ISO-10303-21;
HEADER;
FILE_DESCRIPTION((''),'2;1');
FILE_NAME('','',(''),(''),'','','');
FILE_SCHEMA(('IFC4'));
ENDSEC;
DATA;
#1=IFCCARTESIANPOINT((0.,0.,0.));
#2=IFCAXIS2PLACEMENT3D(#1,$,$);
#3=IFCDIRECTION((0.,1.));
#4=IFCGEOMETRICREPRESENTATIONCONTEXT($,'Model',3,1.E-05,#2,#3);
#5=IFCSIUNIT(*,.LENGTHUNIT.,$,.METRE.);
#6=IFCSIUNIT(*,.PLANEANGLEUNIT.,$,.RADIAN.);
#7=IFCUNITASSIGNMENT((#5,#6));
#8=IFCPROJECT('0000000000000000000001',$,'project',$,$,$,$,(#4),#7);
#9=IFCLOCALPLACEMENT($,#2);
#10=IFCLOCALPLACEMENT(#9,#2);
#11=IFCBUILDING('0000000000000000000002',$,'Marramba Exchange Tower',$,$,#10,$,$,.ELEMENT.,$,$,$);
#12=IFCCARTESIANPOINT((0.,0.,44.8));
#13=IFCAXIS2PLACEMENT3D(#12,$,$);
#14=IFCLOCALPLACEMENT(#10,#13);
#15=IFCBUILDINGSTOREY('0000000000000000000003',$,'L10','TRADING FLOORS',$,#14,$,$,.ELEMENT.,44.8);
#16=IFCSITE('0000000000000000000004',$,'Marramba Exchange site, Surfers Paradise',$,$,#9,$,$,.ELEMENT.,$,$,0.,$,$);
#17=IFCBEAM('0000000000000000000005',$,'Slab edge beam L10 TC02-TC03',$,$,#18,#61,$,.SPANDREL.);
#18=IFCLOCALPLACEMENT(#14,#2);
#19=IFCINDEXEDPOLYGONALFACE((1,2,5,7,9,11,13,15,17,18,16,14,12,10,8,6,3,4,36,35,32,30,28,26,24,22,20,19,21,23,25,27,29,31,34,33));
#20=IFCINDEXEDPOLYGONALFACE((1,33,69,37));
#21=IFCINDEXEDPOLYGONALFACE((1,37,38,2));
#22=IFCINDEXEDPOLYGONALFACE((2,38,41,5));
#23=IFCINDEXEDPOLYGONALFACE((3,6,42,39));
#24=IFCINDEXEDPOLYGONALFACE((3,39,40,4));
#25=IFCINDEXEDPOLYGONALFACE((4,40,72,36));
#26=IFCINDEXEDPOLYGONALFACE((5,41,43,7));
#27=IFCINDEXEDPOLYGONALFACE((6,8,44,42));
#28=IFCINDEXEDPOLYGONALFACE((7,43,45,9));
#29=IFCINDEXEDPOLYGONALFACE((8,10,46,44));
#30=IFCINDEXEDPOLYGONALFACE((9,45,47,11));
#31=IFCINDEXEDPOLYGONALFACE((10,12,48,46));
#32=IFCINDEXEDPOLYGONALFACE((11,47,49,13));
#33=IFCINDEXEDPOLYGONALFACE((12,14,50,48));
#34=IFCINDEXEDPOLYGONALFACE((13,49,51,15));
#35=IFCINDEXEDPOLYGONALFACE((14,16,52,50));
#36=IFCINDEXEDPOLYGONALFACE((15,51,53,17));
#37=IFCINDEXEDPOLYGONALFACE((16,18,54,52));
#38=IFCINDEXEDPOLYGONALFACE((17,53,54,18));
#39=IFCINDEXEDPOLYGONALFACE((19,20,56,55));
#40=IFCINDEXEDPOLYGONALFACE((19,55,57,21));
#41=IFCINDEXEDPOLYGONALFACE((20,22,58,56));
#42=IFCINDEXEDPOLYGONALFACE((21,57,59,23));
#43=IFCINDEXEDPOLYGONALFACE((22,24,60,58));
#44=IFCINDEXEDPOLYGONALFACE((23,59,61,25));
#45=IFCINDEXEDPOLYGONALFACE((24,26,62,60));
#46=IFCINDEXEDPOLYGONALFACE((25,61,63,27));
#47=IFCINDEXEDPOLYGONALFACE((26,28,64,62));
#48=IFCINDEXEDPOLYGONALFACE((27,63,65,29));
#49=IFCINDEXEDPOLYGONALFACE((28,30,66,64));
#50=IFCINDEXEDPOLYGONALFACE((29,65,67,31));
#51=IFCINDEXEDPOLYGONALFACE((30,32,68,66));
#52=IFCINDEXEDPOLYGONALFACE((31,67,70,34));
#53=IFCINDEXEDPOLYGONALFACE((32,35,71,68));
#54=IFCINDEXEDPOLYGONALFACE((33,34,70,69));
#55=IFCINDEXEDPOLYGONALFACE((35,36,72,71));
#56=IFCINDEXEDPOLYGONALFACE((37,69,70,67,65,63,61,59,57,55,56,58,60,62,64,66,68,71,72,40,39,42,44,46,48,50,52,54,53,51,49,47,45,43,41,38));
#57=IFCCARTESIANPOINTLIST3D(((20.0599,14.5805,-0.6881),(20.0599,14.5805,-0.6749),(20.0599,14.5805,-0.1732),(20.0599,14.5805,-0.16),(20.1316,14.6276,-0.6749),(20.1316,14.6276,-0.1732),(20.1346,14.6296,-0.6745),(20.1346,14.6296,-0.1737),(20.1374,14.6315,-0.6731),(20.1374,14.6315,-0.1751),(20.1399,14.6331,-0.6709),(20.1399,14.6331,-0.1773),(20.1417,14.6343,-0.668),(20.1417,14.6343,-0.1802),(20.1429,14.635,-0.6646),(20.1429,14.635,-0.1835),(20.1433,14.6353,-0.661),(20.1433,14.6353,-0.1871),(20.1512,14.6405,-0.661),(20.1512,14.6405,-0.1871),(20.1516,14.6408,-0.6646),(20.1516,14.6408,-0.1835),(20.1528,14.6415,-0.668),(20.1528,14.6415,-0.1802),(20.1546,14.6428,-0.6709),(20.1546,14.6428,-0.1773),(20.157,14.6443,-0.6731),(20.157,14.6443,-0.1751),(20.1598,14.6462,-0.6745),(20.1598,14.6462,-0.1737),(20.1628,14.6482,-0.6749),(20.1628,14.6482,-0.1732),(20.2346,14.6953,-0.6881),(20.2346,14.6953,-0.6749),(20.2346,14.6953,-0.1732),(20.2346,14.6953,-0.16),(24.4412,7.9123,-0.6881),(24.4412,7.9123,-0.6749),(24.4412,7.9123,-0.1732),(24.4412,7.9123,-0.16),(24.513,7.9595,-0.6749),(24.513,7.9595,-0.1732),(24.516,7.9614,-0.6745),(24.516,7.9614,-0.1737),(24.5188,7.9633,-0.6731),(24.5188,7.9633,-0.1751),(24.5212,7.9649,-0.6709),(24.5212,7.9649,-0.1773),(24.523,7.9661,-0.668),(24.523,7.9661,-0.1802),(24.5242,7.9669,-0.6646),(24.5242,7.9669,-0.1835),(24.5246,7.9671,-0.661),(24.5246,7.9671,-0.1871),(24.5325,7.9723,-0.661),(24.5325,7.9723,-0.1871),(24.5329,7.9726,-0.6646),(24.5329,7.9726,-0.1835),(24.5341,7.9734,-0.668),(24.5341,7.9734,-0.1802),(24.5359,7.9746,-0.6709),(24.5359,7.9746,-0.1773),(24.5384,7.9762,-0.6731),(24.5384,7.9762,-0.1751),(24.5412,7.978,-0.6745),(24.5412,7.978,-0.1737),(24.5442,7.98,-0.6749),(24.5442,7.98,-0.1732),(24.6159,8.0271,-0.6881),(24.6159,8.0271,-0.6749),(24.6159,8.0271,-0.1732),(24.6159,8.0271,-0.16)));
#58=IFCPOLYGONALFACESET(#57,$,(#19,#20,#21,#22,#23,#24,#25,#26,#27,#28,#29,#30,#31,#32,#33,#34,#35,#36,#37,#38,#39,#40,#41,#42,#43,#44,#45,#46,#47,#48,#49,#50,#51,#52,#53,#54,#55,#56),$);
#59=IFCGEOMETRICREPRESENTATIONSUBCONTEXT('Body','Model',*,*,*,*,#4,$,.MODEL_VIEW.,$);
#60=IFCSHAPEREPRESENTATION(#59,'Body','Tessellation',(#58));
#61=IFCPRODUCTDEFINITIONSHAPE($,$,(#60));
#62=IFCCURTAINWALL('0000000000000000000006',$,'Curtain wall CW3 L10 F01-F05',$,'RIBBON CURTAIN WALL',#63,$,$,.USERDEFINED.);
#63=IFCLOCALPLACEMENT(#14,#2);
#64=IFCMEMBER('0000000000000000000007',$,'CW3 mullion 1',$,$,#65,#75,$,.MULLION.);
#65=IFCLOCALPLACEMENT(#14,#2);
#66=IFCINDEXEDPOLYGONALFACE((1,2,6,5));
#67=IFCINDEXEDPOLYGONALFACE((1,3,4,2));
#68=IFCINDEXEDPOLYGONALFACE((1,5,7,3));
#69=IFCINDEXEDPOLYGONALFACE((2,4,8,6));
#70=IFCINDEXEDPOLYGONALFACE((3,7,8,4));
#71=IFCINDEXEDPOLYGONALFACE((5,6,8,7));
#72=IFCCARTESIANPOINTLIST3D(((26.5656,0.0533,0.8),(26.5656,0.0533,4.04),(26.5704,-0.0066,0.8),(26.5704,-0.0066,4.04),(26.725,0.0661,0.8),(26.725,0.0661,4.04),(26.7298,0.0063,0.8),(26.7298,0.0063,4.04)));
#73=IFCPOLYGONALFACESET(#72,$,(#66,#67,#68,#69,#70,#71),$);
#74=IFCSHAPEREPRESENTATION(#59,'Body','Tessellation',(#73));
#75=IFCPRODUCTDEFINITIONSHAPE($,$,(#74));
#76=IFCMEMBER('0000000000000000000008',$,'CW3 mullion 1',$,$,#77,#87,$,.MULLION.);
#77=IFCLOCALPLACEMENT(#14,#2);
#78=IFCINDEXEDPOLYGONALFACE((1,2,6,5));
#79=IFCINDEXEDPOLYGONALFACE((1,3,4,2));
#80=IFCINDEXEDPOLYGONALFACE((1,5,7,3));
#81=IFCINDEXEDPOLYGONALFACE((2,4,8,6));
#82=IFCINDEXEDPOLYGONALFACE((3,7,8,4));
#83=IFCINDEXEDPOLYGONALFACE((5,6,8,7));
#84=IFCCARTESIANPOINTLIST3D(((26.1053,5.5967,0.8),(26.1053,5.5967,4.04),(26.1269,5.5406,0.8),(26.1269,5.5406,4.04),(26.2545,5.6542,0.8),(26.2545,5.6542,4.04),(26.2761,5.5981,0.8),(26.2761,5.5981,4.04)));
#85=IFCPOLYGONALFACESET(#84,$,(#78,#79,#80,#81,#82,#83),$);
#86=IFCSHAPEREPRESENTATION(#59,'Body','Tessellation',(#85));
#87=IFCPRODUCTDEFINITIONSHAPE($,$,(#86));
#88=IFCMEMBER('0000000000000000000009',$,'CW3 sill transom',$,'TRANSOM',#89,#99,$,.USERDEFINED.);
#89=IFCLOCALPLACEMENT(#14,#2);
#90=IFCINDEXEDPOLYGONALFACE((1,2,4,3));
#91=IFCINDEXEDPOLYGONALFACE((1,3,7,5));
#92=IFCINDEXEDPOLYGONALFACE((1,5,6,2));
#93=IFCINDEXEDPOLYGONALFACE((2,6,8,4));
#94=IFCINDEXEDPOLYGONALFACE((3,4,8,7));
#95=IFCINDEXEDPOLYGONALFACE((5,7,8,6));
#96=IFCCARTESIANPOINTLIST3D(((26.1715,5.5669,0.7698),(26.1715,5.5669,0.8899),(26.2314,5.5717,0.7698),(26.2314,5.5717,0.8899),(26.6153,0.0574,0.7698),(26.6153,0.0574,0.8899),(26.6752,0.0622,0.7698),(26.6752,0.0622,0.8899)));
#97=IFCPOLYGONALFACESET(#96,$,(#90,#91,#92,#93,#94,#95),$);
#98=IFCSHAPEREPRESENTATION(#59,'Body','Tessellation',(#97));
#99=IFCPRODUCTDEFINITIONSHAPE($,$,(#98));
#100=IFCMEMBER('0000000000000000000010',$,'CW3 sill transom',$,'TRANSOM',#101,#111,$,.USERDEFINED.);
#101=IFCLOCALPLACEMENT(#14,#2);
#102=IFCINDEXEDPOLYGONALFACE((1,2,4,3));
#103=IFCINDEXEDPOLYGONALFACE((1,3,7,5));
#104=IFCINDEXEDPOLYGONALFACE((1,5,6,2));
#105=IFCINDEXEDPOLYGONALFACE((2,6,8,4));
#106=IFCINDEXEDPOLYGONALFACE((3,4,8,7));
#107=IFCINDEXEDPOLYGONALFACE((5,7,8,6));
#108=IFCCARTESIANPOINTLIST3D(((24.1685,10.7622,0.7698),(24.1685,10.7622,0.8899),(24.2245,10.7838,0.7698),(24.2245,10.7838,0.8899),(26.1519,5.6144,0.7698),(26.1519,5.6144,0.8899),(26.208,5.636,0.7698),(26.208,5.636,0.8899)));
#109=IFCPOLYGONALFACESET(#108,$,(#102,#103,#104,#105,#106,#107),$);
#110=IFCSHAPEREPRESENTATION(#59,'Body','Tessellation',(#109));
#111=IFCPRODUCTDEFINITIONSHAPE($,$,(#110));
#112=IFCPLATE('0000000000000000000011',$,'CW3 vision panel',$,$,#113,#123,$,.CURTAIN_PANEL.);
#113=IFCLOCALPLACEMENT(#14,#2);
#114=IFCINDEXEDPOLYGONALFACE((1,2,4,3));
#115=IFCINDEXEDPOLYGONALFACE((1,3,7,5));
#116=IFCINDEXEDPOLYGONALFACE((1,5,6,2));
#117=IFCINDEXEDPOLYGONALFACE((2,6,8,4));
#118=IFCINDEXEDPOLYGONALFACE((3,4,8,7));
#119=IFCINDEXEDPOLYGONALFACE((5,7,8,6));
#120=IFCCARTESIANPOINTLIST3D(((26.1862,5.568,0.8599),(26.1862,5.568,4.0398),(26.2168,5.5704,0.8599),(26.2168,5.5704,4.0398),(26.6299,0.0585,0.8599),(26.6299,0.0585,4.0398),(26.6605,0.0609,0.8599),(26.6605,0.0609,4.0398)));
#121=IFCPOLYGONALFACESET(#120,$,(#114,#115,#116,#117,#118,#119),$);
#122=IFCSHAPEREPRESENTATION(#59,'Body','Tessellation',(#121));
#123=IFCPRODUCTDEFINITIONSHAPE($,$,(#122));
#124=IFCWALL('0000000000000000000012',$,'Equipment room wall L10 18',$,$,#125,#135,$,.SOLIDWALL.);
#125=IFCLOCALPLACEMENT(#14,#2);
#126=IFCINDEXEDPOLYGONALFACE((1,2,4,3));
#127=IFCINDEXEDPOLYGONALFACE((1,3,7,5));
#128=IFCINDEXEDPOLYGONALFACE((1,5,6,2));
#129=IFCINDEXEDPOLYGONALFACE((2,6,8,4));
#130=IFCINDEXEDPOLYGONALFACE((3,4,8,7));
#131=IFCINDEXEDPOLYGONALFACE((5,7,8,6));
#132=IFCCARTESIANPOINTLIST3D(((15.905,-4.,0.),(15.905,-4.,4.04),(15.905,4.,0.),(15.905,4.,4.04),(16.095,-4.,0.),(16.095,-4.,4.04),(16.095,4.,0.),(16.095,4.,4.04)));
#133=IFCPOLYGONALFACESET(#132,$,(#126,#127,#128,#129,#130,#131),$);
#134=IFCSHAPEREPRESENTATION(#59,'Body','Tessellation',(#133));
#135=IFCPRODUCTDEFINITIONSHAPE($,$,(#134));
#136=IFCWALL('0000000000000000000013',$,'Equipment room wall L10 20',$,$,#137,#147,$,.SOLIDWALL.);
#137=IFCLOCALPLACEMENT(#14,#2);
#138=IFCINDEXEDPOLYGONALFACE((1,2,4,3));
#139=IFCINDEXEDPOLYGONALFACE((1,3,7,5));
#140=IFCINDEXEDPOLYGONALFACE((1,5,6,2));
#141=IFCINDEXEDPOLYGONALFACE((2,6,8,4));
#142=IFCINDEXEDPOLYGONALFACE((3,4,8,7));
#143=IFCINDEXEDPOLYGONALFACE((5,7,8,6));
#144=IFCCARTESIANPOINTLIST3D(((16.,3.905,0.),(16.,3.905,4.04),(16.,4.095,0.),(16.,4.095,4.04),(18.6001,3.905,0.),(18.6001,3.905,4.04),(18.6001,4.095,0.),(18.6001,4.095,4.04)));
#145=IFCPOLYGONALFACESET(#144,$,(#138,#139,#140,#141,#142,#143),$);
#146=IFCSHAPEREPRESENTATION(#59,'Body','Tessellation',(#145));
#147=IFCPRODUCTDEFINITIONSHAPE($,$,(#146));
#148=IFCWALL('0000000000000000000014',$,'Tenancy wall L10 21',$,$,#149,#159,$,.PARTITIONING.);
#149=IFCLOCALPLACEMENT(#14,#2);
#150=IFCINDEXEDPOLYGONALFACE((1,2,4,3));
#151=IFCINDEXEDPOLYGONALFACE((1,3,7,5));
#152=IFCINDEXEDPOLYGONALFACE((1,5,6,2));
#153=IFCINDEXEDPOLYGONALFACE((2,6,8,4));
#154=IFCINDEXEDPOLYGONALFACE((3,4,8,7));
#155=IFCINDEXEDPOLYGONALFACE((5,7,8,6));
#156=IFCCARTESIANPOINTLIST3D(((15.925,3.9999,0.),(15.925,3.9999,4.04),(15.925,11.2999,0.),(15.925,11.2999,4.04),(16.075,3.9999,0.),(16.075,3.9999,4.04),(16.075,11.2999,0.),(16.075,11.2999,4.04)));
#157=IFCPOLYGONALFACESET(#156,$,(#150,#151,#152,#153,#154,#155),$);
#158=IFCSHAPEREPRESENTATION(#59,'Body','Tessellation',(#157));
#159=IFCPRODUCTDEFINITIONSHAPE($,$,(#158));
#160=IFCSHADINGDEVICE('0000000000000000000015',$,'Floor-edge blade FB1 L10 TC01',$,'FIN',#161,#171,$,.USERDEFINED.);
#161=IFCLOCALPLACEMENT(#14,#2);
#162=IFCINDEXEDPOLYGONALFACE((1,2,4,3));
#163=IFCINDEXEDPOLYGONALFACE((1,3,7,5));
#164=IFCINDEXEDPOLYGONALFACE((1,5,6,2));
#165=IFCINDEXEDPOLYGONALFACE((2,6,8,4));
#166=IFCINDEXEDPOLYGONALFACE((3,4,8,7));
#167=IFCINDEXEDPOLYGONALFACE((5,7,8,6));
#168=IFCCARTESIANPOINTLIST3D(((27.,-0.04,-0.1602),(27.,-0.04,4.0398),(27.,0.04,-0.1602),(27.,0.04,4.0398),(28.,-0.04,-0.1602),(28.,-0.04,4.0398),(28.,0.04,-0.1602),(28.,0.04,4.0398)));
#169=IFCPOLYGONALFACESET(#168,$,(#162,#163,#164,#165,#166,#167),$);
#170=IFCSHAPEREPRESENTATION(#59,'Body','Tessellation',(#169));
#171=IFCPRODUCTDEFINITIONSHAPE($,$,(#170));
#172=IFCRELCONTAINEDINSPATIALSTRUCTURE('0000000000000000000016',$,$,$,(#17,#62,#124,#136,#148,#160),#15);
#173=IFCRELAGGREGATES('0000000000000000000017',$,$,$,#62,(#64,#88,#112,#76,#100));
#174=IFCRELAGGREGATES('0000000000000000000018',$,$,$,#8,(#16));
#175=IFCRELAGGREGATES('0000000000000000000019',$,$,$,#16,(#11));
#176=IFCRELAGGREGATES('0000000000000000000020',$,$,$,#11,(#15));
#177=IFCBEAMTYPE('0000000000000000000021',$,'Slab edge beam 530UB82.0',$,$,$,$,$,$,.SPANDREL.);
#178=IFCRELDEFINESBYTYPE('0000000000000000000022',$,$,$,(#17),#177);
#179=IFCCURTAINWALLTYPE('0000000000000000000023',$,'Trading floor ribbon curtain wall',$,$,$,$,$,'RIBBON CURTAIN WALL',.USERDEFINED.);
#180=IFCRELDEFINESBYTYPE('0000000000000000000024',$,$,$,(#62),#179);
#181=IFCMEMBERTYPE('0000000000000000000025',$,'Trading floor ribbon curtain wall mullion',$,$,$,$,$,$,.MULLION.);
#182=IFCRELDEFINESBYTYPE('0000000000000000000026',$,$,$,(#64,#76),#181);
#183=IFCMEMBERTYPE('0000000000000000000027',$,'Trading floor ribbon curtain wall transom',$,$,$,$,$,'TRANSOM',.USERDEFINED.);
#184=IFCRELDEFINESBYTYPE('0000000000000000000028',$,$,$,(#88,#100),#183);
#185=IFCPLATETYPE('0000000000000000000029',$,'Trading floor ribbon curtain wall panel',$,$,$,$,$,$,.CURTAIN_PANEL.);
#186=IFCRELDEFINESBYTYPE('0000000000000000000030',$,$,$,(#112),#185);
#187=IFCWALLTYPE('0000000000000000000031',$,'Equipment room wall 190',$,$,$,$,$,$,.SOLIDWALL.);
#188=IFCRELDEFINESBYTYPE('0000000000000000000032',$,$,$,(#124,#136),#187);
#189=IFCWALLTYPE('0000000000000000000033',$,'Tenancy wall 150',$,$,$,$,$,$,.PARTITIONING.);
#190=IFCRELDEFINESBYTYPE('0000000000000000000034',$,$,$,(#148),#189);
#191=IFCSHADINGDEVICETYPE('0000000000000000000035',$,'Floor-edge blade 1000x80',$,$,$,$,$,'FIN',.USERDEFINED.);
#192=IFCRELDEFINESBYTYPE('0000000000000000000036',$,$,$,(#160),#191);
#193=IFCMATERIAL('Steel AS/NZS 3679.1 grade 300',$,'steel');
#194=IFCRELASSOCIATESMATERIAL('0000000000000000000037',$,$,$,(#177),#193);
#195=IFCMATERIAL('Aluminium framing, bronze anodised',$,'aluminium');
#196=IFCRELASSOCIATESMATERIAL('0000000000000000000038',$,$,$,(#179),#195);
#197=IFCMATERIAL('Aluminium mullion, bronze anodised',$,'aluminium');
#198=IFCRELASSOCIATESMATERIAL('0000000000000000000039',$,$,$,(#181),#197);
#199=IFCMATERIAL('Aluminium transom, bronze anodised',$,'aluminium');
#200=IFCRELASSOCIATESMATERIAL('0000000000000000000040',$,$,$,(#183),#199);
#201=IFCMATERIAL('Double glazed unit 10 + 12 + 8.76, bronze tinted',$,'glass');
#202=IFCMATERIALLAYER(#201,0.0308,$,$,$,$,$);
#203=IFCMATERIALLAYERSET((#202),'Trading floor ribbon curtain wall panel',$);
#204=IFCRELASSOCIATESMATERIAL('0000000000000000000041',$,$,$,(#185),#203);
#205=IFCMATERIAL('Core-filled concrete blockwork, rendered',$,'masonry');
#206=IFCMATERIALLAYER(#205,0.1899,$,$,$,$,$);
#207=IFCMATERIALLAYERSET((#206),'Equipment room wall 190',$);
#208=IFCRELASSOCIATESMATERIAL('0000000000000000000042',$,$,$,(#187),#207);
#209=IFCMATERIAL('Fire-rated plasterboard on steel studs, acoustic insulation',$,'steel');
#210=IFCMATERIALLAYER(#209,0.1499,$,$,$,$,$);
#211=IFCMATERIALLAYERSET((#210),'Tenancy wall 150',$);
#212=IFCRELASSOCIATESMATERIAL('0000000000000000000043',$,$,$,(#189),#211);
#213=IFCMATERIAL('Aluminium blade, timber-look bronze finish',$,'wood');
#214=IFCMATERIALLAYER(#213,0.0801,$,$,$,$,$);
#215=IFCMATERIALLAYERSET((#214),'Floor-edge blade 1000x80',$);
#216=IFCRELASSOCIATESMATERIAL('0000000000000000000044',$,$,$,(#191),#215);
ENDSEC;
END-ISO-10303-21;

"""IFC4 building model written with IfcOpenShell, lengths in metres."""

from ifc_helpers import new_model, si_unit, direction, frame, frame_2d, origin, origin_2d, place, context, subcontext, project, spatial, rectangle, i_section, extrude, material, layer, layer_set, material_profile, profile_set, type_object, element, aggregate, save


model = new_model("IFC4")

# Units and contexts
model_context = context("Model", 3, precision=1e-05, world=origin(), true_north=direction((0.0, 1.0)))
body_context = subcontext(model_context, "Body", "Model", "MODEL_VIEW")
ifc_project = project(units=[si_unit("LENGTHUNIT", "METRE"), si_unit("PLANEANGLEUNIT", "RADIAN")], contexts=[model_context])

# Site, building, storey
site_placement = place(None, origin())
site = spatial("IfcSite", under=ifc_project, at=site_placement, Name="Marramba Exchange site, Surfers Paradise", CompositionType="ELEMENT", RefElevation=0.0)
building_placement = place(site_placement, origin())
building = spatial("IfcBuilding", under=site, at=building_placement, Name="Marramba Exchange Tower", CompositionType="ELEMENT")
storey_placement = place(building_placement, frame((0.0, 0.0, 44.8)))
storey = spatial("IfcBuildingStorey", under=building, at=storey_placement, Name="L10", Description="TRADING FLOORS", CompositionType="ELEMENT", Elevation=44.8)

# Beam
ifc_material_1 = material(Name="Steel AS/NZS 3679.1 grade 300", Category="steel")
ifc_material_profile_1 = material_profile(ifc_material_1, i_section(OverallWidth=0.209, OverallDepth=0.5281, WebThickness=0.0095, FlangeThickness=0.0132, FilletRadius=0.0139, at=origin_2d()), Name="530UB82.0")
ifc_profile_set_1 = profile_set([ifc_material_profile_1], Name="Steel AS/NZS 3679.1 grade 300")
beam_type_1 = type_object("IfcBeamType", Name="Slab edge beam 530UB82.0", PredefinedType="SPANDREL", material=ifc_profile_set_1)
beam_1_placement = place(storey_placement, frame((24.5286, 7.9697, -0.4241), z_axis=(-0.549124, 0.835741, 0.0), x_axis=(-0.835741, -0.549124, 0.0)))
element("IfcBeam", 1, at=beam_1_placement, inside=storey, type_object=beam_type_1, Name="Slab edge beam L10 TC02-TC03", PredefinedType="SPANDREL", context=body_context, shape_type="SweptSolid", body=[
    extrude(i_section(OverallWidth=0.209, OverallDepth=0.5281, WebThickness=0.0095, FlangeThickness=0.0132, FilletRadius=0.0139, at=origin_2d()), origin(), (0.0, 0.0, 1.0), 7.9788),
])

# Curtain wall, members, plate
ifc_material_2 = material(Name="Aluminium framing, bronze anodised", Category="aluminium")
curtain_wall_type = type_object("IfcCurtainWallType", Name="Trading floor ribbon curtain wall", ElementType="RIBBON CURTAIN WALL", PredefinedType="USERDEFINED", material=ifc_material_2)
curtain_wall_placement = place(storey_placement, origin())
curtain_wall = element("IfcCurtainWall", 2, at=curtain_wall_placement, inside=storey, type_object=curtain_wall_type, Name="Curtain wall CW3 L10 F01-F05", ObjectType="RIBBON CURTAIN WALL", PredefinedType="USERDEFINED")
ifc_material_3 = material(Name="Aluminium mullion, bronze anodised", Category="aluminium")
ifc_material_profile_2 = material_profile(ifc_material_3, rectangle(XDim=0.1599, YDim=0.0601, at=origin_2d()), Name="CW3 mullion 60x160")
ifc_profile_set_2 = profile_set([ifc_material_profile_2], Name="Aluminium mullion, bronze anodised")
member_type_1 = type_object("IfcMemberType", Name="Trading floor ribbon curtain wall mullion", PredefinedType="MULLION", material=ifc_profile_set_2)
member_1_placement = place(storey_placement, frame((26.6477, 0.0298, 0.8), z_axis=(0.0, 0.0, 1.0), x_axis=(-0.996773, -0.080275, 0.0)))
member_1 = element("IfcMember", 3, at=member_1_placement, type_object=member_type_1, Name="CW3 mullion 1", PredefinedType="MULLION", context=body_context, shape_type="SweptSolid", body=[
    extrude(rectangle(XDim=0.1599, YDim=0.0601, at=origin_2d()), origin(), (0.0, 0.0, 1.0), 3.24),
])
member_2_placement = place(storey_placement, frame((26.1907, 5.5974, 0.8), z_axis=(0.0, 0.0, 1.0), x_axis=(-0.933135, -0.359526, 0.0)))
member_2 = element("IfcMember", 4, at=member_2_placement, type_object=member_type_1, Name="CW3 mullion 1", PredefinedType="MULLION", context=body_context, shape_type="SweptSolid", body=[
    extrude(rectangle(XDim=0.1599, YDim=0.0601, at=origin_2d()), origin(), (0.0, 0.0, 1.0), 3.24),
])
ifc_material_4 = material(Name="Aluminium transom, bronze anodised", Category="aluminium")
ifc_material_profile_3 = material_profile(ifc_material_4, rectangle(XDim=0.0601, YDim=0.1201, at=origin_2d()), Name="CW3 transom 60x120")
ifc_profile_set_3 = profile_set([ifc_material_profile_3], Name="Aluminium transom, bronze anodised")
member_type_2 = type_object("IfcMemberType", Name="Trading floor ribbon curtain wall transom", ElementType="TRANSOM", PredefinedType="USERDEFINED", material=ifc_profile_set_3)
member_3_placement = place(storey_placement, frame((26.6453, 0.0598, 0.8298), z_axis=(-0.0803, 0.996771, 0.0), x_axis=(-0.996771, -0.0803, 0.0)))
member_3 = element("IfcMember", 5, at=member_3_placement, type_object=member_type_2, Name="CW3 sill transom", ObjectType="TRANSOM", PredefinedType="USERDEFINED", context=body_context, shape_type="SweptSolid", body=[
    extrude(rectangle(XDim=0.0601, YDim=0.1201, at=origin_2d()), origin(), (0.0, 0.0, 1.0), 5.5273),
])
member_4_placement = place(storey_placement, frame((26.1799, 5.6252, 0.8298), z_axis=(-0.359534, 0.933132, 0.0), x_axis=(-0.933132, -0.359534, 0.0)))
member_4 = element("IfcMember", 6, at=member_4_placement, type_object=member_type_2, Name="CW3 sill transom", ObjectType="TRANSOM", PredefinedType="USERDEFINED", context=body_context, shape_type="SweptSolid", body=[
    extrude(rectangle(XDim=0.0601, YDim=0.1201, at=origin_2d()), origin(), (0.0, 0.0, 1.0), 5.5166),
])
ifc_material_5 = material(Name="Double glazed unit 10 + 12 + 8.76, bronze tinted", Category="glass")
ifc_layer_1 = layer(ifc_material_5, 0.0308)
ifc_layer_set_1 = layer_set([ifc_layer_1], Name="Trading floor ribbon curtain wall panel")
plate_type = type_object("IfcPlateType", Name="Trading floor ribbon curtain wall panel", PredefinedType="CURTAIN_PANEL", material=ifc_layer_set_1)
plate_placement = place(storey_placement, frame((26.4233, 2.8145, 0.8599), z_axis=(0.0, 0.0, 1.0), x_axis=(-0.080275, 0.996773, 0.0)))
plate = element("IfcPlate", 7, at=plate_placement, type_object=plate_type, Name="CW3 vision panel", PredefinedType="CURTAIN_PANEL", context=body_context, shape_type="SweptSolid", body=[
    extrude(rectangle(XDim=5.5273, YDim=0.0308, at=origin_2d()), origin(), (0.0, 0.0, 1.0), 3.1799),
])
aggregate(curtain_wall, [member_1, member_3, plate, member_2, member_4])

# Walls
ifc_material_6 = material(Name="Core-filled concrete blockwork, rendered", Category="masonry")
ifc_layer_2 = layer(ifc_material_6, 0.1899)
ifc_layer_set_2 = layer_set([ifc_layer_2], Name="Equipment room wall 190")
wall_type_1 = type_object("IfcWallType", Name="Equipment room wall 190", PredefinedType="SOLIDWALL", material=ifc_layer_set_2)
wall_1_placement = place(storey_placement, frame((16.0, 4.0, 0.0), z_axis=(0.0, 0.0, 1.0), x_axis=(0.0, -1.0, 0.0)))
element("IfcWall", 8, at=wall_1_placement, inside=storey, type_object=wall_type_1, Name="Equipment room wall L10 18", PredefinedType="SOLIDWALL", context=body_context, shape_type="SweptSolid", body=[
    extrude(rectangle(XDim=8.0, YDim=0.1899, at=frame_2d((4.0, 0.0))), origin(), (0.0, 0.0, 1.0), 4.04),
])
wall_2_placement = place(storey_placement, frame((18.6001, 4.0, 0.0), z_axis=(0.0, 0.0, 1.0), x_axis=(-1.0, 0.0, 0.0)))
element("IfcWall", 9, at=wall_2_placement, inside=storey, type_object=wall_type_1, Name="Equipment room wall L10 20", PredefinedType="SOLIDWALL", context=body_context, shape_type="SweptSolid", body=[
    extrude(rectangle(XDim=2.6001, YDim=0.1899, at=frame_2d((1.3, 0.0))), origin(), (0.0, 0.0, 1.0), 4.04),
])
ifc_material_7 = material(Name="Fire-rated plasterboard on steel studs, acoustic insulation", Category="steel")
ifc_layer_3 = layer(ifc_material_7, 0.1499)
ifc_layer_set_3 = layer_set([ifc_layer_3], Name="Tenancy wall 150")
wall_type_2 = type_object("IfcWallType", Name="Tenancy wall 150", PredefinedType="PARTITIONING", material=ifc_layer_set_3)
wall_3_placement = place(storey_placement, frame((16.0, 4.0, 0.0), z_axis=(0.0, 0.0, 1.0), x_axis=(0.0, 1.0, 0.0)))
element("IfcWall", 10, at=wall_3_placement, inside=storey, type_object=wall_type_2, Name="Tenancy wall L10 21", PredefinedType="PARTITIONING", context=body_context, shape_type="SweptSolid", body=[
    extrude(rectangle(XDim=7.3, YDim=0.1499, at=frame_2d((3.6499, 0.0))), origin(), (0.0, 0.0, 1.0), 4.04),
])

# Shading device
ifc_material_8 = material(Name="Aluminium blade, timber-look bronze finish", Category="wood")
ifc_layer_4 = layer(ifc_material_8, 0.0801)
ifc_layer_set_4 = layer_set([ifc_layer_4], Name="Floor-edge blade 1000x80")
shading_device_type_1 = type_object("IfcShadingDeviceType", Name="Floor-edge blade 1000x80", ElementType="FIN", PredefinedType="USERDEFINED", material=ifc_layer_set_4)
shading_device_1_placement = place(storey_placement, frame((27.5, 0.0, -0.1602), z_axis=(0.0, 0.0, 1.0), x_axis=(1.0, 0.0, 0.0)))
element("IfcShadingDevice", 11, at=shading_device_1_placement, inside=storey, type_object=shading_device_type_1, Name="Floor-edge blade FB1 L10 TC01", ObjectType="FIN", PredefinedType="USERDEFINED", context=body_context, shape_type="SweptSolid", body=[
    extrude(rectangle(XDim=1.0, YDim=0.0801, at=origin_2d()), origin(), (0.0, 0.0, 1.0), 4.2),
])

save(model, "model.ifc")
